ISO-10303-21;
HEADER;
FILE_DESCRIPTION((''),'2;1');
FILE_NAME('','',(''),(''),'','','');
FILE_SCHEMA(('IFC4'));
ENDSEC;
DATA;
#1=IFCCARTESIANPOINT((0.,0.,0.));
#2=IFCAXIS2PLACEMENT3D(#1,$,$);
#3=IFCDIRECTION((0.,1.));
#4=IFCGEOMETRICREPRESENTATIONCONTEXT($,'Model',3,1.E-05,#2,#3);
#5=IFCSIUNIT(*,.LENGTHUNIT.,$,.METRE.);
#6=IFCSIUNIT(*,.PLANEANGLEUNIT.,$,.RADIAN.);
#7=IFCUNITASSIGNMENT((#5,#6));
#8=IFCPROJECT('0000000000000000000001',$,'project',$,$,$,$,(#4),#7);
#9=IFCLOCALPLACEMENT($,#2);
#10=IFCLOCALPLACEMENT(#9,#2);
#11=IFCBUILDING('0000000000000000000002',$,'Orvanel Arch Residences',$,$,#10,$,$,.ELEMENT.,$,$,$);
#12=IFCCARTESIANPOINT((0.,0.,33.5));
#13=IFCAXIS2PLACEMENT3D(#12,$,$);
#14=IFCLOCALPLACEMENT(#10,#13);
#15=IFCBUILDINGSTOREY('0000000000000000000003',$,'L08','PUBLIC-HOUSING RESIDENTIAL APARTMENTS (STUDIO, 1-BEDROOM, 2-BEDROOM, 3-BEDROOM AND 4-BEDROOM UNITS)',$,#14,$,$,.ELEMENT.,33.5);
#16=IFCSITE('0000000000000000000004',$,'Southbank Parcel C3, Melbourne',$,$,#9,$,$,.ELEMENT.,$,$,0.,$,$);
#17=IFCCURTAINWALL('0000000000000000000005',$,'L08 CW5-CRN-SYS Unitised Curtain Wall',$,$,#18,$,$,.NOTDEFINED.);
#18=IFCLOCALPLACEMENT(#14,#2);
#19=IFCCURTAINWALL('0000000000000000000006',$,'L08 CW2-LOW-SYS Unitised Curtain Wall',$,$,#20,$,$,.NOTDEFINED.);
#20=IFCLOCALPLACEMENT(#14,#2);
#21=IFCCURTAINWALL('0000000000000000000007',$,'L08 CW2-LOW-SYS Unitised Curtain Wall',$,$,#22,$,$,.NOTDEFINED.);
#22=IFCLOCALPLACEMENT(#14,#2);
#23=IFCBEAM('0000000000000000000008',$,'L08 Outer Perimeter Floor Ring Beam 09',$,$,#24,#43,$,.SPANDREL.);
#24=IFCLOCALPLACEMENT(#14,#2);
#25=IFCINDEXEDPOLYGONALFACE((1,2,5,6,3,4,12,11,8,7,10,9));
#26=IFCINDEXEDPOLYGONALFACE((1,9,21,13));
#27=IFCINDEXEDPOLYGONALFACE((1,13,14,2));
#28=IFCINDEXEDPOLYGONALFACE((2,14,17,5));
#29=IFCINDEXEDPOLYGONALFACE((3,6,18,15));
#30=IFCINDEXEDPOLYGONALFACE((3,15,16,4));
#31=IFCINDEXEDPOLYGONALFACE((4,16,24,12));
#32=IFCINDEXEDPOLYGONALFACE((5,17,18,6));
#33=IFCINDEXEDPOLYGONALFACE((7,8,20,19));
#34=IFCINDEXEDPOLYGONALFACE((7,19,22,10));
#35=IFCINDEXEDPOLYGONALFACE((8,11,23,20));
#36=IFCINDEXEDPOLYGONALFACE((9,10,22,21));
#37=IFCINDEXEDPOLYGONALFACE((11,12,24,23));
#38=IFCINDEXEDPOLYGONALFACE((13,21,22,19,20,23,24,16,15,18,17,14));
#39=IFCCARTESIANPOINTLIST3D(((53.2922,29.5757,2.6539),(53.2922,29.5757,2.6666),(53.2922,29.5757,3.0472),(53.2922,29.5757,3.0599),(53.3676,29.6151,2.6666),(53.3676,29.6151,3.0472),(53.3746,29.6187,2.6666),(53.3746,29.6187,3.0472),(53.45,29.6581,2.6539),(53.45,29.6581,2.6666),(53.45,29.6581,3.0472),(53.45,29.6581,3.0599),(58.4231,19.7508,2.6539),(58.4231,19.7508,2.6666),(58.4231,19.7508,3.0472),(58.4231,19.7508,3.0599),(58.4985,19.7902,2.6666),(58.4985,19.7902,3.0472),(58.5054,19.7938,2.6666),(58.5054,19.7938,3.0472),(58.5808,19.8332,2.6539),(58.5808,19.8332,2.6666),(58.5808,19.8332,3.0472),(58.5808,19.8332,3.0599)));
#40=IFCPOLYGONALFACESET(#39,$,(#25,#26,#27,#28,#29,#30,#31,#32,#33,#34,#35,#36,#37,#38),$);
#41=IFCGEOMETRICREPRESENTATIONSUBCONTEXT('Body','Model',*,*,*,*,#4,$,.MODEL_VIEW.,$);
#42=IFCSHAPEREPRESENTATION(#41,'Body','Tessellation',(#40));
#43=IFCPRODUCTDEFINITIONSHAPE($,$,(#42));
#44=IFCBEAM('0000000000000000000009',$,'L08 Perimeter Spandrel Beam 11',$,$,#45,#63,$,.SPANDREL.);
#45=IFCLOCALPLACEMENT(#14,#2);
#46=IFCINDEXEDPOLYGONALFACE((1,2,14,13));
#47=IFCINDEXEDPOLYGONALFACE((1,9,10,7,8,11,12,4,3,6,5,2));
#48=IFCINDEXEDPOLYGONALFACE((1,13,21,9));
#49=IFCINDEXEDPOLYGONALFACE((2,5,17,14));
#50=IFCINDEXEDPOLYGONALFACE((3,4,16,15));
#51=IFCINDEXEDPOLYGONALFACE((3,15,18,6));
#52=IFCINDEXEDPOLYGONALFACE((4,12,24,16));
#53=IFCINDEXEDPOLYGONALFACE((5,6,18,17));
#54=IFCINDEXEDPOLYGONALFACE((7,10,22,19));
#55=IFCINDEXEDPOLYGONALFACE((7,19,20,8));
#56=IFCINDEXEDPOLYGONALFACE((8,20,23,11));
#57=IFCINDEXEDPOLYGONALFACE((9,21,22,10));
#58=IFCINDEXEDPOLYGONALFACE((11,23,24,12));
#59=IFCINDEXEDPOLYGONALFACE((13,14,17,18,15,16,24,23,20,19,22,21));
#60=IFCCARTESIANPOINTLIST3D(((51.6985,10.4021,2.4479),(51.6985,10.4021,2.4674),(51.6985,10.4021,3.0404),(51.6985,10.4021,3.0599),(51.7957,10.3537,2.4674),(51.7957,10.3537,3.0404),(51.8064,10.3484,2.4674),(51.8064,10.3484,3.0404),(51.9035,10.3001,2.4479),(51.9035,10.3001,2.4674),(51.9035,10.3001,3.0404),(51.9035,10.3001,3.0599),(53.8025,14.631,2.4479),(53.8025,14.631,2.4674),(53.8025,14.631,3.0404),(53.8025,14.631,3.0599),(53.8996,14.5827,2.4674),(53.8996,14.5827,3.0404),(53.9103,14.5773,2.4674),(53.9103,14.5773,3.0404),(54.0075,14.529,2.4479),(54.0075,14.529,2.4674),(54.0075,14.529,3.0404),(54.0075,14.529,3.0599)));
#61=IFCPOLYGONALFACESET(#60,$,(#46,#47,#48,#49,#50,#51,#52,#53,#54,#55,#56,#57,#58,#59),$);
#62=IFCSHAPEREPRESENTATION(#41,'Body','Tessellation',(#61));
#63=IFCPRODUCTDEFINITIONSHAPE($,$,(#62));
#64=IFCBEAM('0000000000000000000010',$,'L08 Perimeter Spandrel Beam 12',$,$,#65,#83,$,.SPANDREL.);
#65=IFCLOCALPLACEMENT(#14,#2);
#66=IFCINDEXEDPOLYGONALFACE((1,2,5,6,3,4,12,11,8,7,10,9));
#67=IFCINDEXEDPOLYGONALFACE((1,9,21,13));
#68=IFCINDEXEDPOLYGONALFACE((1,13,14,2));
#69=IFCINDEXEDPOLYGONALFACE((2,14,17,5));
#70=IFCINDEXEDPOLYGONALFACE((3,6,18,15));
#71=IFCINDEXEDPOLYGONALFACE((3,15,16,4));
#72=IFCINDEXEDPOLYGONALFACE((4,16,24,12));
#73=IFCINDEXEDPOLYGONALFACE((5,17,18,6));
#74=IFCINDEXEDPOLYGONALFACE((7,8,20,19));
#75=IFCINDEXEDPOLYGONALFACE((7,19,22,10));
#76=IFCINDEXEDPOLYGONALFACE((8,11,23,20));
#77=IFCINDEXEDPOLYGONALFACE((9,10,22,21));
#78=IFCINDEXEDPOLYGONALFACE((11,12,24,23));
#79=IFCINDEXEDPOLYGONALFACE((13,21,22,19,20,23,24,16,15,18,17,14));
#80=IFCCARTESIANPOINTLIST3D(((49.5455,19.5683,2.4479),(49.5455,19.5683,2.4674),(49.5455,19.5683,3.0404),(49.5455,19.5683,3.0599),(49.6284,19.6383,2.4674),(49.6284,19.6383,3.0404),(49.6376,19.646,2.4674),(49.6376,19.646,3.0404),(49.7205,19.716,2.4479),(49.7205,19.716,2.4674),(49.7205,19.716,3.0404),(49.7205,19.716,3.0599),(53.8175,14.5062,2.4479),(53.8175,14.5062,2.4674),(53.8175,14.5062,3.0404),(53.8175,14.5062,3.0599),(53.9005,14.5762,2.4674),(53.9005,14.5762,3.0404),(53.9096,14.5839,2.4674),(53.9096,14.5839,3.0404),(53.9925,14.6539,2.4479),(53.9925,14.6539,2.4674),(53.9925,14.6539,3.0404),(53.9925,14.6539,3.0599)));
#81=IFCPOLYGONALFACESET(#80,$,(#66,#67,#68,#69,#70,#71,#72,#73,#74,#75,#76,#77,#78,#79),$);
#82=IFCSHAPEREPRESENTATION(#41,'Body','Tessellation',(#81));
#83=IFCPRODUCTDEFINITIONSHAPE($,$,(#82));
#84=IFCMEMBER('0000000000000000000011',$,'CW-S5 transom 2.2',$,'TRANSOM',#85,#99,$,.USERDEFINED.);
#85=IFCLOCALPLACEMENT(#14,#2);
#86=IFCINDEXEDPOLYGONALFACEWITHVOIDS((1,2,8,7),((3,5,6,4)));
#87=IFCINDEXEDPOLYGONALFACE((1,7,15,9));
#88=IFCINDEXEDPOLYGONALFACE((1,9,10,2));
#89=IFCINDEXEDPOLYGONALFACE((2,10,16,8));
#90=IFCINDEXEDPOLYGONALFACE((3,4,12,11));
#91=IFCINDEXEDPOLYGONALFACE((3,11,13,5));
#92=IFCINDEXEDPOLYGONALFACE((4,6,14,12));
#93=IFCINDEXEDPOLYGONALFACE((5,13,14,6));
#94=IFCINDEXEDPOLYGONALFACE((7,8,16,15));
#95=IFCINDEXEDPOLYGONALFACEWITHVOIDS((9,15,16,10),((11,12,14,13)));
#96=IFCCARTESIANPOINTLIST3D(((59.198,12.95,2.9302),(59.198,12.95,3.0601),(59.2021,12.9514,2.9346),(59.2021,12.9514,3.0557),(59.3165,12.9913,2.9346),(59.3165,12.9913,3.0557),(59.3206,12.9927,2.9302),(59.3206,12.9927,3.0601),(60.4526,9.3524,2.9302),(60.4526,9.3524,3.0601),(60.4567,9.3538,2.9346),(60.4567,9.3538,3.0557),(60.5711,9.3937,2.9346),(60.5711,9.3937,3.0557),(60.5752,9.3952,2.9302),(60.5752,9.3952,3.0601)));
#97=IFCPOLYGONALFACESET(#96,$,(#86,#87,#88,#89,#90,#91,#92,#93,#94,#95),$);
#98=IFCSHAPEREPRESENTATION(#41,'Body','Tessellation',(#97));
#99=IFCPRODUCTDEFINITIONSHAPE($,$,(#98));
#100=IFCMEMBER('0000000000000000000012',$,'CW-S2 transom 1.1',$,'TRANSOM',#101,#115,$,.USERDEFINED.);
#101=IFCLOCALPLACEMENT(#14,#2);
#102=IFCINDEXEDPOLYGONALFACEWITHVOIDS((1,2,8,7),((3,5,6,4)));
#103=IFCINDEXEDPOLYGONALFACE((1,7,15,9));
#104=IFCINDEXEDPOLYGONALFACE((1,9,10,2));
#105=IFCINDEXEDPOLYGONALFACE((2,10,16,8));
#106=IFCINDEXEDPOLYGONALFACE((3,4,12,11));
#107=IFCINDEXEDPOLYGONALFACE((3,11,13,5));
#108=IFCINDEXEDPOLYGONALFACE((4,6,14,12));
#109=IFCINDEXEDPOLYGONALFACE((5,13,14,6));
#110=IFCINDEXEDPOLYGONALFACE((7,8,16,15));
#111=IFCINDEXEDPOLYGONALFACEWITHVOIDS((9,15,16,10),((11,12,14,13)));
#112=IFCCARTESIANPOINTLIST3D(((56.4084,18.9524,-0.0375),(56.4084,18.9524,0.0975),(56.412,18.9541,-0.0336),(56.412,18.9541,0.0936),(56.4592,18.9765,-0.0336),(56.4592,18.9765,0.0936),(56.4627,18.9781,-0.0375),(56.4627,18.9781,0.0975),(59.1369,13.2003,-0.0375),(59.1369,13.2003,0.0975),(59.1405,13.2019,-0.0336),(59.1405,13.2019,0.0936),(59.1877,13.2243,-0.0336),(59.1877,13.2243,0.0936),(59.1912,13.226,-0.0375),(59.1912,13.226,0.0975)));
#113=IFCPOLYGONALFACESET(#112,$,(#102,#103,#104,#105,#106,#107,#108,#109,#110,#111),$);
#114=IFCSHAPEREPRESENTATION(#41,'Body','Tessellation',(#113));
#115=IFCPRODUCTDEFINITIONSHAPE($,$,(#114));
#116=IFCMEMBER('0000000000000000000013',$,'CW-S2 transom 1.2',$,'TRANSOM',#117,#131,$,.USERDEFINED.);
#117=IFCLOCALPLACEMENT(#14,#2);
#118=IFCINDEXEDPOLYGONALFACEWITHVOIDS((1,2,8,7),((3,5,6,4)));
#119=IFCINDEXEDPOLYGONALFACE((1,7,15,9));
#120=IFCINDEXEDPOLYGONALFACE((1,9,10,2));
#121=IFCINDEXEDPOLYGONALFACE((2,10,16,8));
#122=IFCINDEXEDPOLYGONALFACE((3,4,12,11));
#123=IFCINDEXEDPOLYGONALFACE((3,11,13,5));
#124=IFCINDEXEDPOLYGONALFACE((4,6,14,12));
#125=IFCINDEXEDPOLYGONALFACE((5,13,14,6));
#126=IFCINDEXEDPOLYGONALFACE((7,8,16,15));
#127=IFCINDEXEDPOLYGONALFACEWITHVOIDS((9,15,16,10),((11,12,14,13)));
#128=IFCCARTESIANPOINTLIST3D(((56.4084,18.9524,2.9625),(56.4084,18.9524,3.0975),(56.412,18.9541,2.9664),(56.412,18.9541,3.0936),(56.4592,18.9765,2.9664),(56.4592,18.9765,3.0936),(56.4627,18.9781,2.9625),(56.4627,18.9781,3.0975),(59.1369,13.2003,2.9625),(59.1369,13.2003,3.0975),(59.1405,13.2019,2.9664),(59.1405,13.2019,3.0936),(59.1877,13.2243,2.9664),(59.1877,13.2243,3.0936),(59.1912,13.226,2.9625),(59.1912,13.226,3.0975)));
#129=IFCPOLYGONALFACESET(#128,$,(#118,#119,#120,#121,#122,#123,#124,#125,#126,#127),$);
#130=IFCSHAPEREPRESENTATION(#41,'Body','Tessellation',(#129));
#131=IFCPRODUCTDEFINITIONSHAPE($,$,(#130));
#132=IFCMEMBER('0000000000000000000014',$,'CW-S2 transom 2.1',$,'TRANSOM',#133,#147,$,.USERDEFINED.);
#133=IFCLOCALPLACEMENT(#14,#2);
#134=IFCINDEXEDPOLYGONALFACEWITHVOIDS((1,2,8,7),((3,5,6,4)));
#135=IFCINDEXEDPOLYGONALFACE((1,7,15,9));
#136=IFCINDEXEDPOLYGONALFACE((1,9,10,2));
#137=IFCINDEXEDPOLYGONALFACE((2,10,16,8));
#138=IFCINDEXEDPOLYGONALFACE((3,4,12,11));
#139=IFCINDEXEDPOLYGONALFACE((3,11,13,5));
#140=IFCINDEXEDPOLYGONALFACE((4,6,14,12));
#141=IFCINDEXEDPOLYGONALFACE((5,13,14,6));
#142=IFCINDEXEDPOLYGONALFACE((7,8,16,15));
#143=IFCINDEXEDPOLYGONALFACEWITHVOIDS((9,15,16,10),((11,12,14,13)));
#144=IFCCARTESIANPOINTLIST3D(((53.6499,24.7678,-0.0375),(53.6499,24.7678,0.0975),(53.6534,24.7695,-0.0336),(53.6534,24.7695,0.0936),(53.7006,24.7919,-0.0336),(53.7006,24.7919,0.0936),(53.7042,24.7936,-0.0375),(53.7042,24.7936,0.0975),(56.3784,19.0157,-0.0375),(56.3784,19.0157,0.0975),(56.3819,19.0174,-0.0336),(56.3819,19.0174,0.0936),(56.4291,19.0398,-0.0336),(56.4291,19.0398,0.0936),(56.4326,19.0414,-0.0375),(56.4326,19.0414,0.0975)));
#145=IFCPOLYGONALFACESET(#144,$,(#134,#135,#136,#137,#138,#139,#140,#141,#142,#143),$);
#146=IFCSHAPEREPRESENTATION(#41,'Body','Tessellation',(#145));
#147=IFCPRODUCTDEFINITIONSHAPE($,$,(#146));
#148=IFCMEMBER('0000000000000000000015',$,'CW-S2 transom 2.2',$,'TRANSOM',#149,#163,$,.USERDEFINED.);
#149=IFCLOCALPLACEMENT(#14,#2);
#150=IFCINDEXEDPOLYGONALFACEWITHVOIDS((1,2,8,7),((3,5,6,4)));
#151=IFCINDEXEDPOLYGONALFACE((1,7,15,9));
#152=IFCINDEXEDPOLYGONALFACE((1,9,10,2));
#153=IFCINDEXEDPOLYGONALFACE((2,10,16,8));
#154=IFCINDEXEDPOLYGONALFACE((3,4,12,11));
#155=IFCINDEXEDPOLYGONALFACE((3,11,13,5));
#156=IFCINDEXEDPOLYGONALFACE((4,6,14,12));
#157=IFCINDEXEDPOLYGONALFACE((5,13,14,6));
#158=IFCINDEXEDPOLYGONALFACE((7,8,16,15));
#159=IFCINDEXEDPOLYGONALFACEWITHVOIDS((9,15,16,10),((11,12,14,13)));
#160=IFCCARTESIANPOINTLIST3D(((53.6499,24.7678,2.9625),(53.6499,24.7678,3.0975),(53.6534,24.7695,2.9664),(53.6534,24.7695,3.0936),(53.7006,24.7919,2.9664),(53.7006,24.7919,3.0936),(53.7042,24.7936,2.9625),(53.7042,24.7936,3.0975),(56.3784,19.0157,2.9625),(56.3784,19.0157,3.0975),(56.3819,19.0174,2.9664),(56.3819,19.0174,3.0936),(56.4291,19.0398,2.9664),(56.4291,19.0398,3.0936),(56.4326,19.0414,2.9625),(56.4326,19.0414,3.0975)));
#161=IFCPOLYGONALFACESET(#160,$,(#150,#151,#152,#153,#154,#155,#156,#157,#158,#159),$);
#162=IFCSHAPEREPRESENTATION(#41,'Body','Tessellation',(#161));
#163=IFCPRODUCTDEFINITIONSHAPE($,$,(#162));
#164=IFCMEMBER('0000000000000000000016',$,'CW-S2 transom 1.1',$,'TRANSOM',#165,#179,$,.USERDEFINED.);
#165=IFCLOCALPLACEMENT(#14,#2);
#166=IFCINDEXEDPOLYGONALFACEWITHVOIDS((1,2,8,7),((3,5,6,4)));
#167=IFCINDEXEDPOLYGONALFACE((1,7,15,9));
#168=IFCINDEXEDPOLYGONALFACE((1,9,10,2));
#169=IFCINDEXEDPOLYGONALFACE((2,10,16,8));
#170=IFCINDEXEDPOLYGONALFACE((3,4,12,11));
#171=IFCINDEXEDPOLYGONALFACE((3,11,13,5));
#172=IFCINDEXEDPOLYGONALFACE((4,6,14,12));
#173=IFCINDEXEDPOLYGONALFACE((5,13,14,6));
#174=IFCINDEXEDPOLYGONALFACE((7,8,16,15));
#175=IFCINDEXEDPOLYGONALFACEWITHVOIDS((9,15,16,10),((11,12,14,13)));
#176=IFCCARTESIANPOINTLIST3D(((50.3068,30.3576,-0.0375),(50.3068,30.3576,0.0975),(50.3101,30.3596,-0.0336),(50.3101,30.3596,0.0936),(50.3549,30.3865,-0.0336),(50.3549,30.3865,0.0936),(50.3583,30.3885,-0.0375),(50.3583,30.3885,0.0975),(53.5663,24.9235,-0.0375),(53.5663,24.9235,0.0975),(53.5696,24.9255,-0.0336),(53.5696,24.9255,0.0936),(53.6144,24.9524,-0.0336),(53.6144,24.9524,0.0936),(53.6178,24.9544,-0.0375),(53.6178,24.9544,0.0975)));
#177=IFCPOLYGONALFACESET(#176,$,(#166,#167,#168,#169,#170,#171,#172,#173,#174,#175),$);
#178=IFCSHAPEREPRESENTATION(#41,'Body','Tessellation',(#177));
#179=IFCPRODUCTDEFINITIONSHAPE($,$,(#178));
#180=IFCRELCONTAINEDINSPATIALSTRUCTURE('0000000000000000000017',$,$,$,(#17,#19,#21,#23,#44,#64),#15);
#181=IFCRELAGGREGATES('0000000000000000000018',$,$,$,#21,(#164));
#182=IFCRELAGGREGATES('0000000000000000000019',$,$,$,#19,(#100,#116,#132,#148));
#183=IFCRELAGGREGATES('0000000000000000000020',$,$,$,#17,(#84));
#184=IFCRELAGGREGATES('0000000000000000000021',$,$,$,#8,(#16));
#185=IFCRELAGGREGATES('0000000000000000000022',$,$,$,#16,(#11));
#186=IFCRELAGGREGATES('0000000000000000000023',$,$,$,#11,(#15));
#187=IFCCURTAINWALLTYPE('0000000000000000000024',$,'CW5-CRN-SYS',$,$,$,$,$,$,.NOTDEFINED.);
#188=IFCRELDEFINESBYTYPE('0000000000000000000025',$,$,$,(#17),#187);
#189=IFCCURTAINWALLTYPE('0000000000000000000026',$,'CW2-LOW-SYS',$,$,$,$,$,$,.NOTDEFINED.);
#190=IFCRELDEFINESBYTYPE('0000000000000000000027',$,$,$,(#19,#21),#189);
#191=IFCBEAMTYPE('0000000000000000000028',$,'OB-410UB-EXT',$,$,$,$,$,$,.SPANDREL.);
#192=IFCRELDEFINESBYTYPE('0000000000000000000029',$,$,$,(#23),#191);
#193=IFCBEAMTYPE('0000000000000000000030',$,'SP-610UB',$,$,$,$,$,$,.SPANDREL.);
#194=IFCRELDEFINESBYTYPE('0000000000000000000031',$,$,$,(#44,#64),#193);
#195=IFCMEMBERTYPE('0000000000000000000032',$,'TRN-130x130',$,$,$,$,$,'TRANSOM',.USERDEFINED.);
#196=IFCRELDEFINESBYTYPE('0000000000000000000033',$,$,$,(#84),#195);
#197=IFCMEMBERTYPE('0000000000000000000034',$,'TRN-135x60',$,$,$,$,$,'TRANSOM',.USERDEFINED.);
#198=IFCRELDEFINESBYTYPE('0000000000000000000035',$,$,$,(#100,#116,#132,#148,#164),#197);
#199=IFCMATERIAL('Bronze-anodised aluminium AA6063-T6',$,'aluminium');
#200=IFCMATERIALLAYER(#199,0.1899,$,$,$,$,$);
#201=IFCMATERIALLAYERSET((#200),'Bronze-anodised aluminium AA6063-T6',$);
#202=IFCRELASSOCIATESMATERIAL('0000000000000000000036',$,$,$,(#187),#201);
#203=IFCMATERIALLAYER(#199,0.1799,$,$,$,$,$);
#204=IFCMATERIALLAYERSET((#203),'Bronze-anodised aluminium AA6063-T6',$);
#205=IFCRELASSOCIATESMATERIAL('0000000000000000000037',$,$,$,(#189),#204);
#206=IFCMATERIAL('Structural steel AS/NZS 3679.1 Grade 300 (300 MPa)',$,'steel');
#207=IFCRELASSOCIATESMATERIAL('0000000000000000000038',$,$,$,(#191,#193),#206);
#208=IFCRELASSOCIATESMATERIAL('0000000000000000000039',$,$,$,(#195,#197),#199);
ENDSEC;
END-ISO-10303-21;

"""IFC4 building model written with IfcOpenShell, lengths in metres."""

from ifc_helpers import new_model, si_unit, direction, frame, origin, origin_2d, place, context, subcontext, project, spatial, hollow_rectangle, i_section, extrude, material, layer, layer_set, material_profile, profile_set, type_object, element, aggregate, save


model = new_model("IFC4")

# Units and contexts
model_context = context("Model", 3, precision=1e-05, world=origin(), true_north=direction((0.0, 1.0)))
body_context = subcontext(model_context, "Body", "Model", "MODEL_VIEW")
ifc_project = project(units=[si_unit("LENGTHUNIT", "METRE"), si_unit("PLANEANGLEUNIT", "RADIAN")], contexts=[model_context])

# Site, building, storey
site_placement = place(None, origin())
site = spatial("IfcSite", under=ifc_project, at=site_placement, Name="Southbank Parcel C3, Melbourne", CompositionType="ELEMENT", RefElevation=0.0)
building_placement = place(site_placement, origin())
building = spatial("IfcBuilding", under=site, at=building_placement, Name="Orvanel Arch Residences", CompositionType="ELEMENT")
storey_placement = place(building_placement, frame((0.0, 0.0, 33.5)))
storey = spatial("IfcBuildingStorey", under=building, at=storey_placement, Name="L08", Description="PUBLIC-HOUSING RESIDENTIAL APARTMENTS (STUDIO, 1-BEDROOM, 2-BEDROOM, 3-BEDROOM AND 4-BEDROOM UNITS)", CompositionType="ELEMENT", Elevation=33.5)

# Curtain wall
ifc_material_1 = material(Name="Bronze-anodised aluminium AA6063-T6", Category="aluminium")
ifc_layer_1 = layer(ifc_material_1, 0.1899)
ifc_layer_set_1 = layer_set([ifc_layer_1], Name="Bronze-anodised aluminium AA6063-T6")
curtain_wall_type_1 = type_object("IfcCurtainWallType", Name="CW5-CRN-SYS", PredefinedType="NOTDEFINED", material=ifc_layer_set_1)
curtain_wall_1_placement = place(storey_placement, origin())
curtain_wall_1 = element("IfcCurtainWall", 1, at=curtain_wall_1_placement, inside=storey, type_object=curtain_wall_type_1, Name="L08 CW5-CRN-SYS Unitised Curtain Wall", PredefinedType="NOTDEFINED")

# Curtain wall
ifc_layer_2 = layer(ifc_material_1, 0.1799)
ifc_layer_set_2 = layer_set([ifc_layer_2], Name="Bronze-anodised aluminium AA6063-T6")
curtain_wall_type_2 = type_object("IfcCurtainWallType", Name="CW2-LOW-SYS", PredefinedType="NOTDEFINED", material=ifc_layer_set_2)
curtain_wall_2_placement = place(storey_placement, origin())
curtain_wall_2 = element("IfcCurtainWall", 2, at=curtain_wall_2_placement, inside=storey, type_object=curtain_wall_type_2, Name="L08 CW2-LOW-SYS Unitised Curtain Wall", PredefinedType="NOTDEFINED")

# Curtain wall
curtain_wall_3_placement = place(storey_placement, origin())
curtain_wall_3 = element("IfcCurtainWall", 3, at=curtain_wall_3_placement, inside=storey, type_object=curtain_wall_type_2, Name="L08 CW2-LOW-SYS Unitised Curtain Wall", PredefinedType="NOTDEFINED")

# Beams
ifc_material_2 = material(Name="Structural steel AS/NZS 3679.1 Grade 300 (300 MPa)", Category="steel")
ifc_material_profile_1 = material_profile(ifc_material_2, i_section(OverallWidth=0.178, OverallDepth=0.406, WebThickness=0.0078, FlangeThickness=0.0127, at=origin_2d()), Name="410UB59.7")
ifc_profile_set_1 = profile_set([ifc_material_profile_1], Name="Structural steel AS/NZS 3679.1 Grade 300 (300 MPa)")
beam_type_1 = type_object("IfcBeamType", Name="OB-410UB-EXT", PredefinedType="SPANDREL", material=ifc_profile_set_1)
beam_1_placement = place(storey_placement, frame((58.502, 19.792, 2.8569), z_axis=(-0.462906, 0.886407, 0.0), x_axis=(-0.886407, -0.462906, 0.0)))
element("IfcBeam", 4, at=beam_1_placement, inside=storey, type_object=beam_type_1, Name="L08 Outer Perimeter Floor Ring Beam 09", PredefinedType="SPANDREL", context=body_context, shape_type="SweptSolid", body=[
    extrude(i_section(OverallWidth=0.178, OverallDepth=0.406, WebThickness=0.0078, FlangeThickness=0.0127, at=origin_2d()), origin(), (0.0, 0.0, 1.0), 11.084),
])
ifc_material_profile_2 = material_profile(ifc_material_2, i_section(OverallWidth=0.229, OverallDepth=0.6121, WebThickness=0.012, FlangeThickness=0.0195, at=origin_2d()), Name="610UB125")
ifc_profile_set_2 = profile_set([ifc_material_profile_2], Name="Structural steel AS/NZS 3679.1 Grade 300 (300 MPa)")
beam_type_2 = type_object("IfcBeamType", Name="SP-610UB", PredefinedType="SPANDREL", material=ifc_profile_set_2)
beam_2_placement = place(storey_placement, frame((51.801, 10.3511, 2.7539), z_axis=(0.445435, 0.895314, 0.0), x_axis=(-0.895314, 0.445435, 0.0)))
element("IfcBeam", 5, at=beam_2_placement, inside=storey, type_object=beam_type_2, Name="L08 Perimeter Spandrel Beam 11", PredefinedType="SPANDREL", context=body_context, shape_type="SweptSolid", body=[
    extrude(i_section(OverallWidth=0.229, OverallDepth=0.6121, WebThickness=0.012, FlangeThickness=0.0195, at=origin_2d()), origin(), (0.0, 0.0, 1.0), 4.7234),
])
beam_3_placement = place(storey_placement, frame((53.905, 14.5801, 2.7539), z_axis=(-0.64495, 0.764224, 0.0), x_axis=(-0.764224, -0.64495, 0.0)))
element("IfcBeam", 6, at=beam_3_placement, inside=storey, type_object=beam_type_2, Name="L08 Perimeter Spandrel Beam 12", PredefinedType="SPANDREL", context=body_context, shape_type="SweptSolid", body=[
    extrude(i_section(OverallWidth=0.229, OverallDepth=0.6121, WebThickness=0.012, FlangeThickness=0.0195, at=origin_2d()), origin(), (0.0, 0.0, 1.0), 6.6238),
])

# Members
ifc_material_profile_3 = material_profile(ifc_material_1, hollow_rectangle(XDim=0.1299, YDim=0.1299, WallThickness=0.0044, at=origin_2d()), Name="ALU130x130x4.5")
ifc_profile_set_3 = profile_set([ifc_material_profile_3], Name="Bronze-anodised aluminium AA6063-T6")
member_type_1 = type_object("IfcMemberType", Name="TRN-130x130", ElementType="TRANSOM", PredefinedType="USERDEFINED", material=ifc_profile_set_3)
member_1_placement = place(storey_placement, frame((60.5139, 9.3738, 2.9951), z_axis=(-0.329288, 0.944229, 0.0), x_axis=(-0.944229, -0.329288, 0.0)))
member_1 = element("IfcMember", 7, at=member_1_placement, type_object=member_type_1, Name="CW-S5 transom 2.2", ObjectType="TRANSOM", PredefinedType="USERDEFINED", context=body_context, shape_type="SweptSolid", body=[
    extrude(hollow_rectangle(XDim=0.1299, YDim=0.1299, WallThickness=0.0044, at=origin_2d()), origin(), (0.0, 0.0, 1.0), 3.8101),
])
ifc_material_profile_4 = material_profile(ifc_material_1, hollow_rectangle(XDim=0.0601, YDim=0.135, WallThickness=0.0039, at=origin_2d()), Name="ALU135x60x4")
ifc_profile_set_4 = profile_set([ifc_material_profile_4], Name="Bronze-anodised aluminium AA6063-T6")
member_type_2 = type_object("IfcMemberType", Name="TRN-135x60", ElementType="TRANSOM", PredefinedType="USERDEFINED", material=ifc_profile_set_4)
member_2_placement = place(storey_placement, frame((59.1641, 13.2131, 0.03), z_axis=(-0.428573, 0.903507, 0.0), x_axis=(-0.903507, -0.428573, 0.0)))
member_2 = element("IfcMember", 8, at=member_2_placement, type_object=member_type_2, Name="CW-S2 transom 1.1", ObjectType="TRANSOM", PredefinedType="USERDEFINED", context=body_context, shape_type="SweptSolid", body=[
    extrude(hollow_rectangle(XDim=0.0601, YDim=0.135, WallThickness=0.0039, at=origin_2d()), origin(), (0.0, 0.0, 1.0), 6.3665),
])
member_3_placement = place(storey_placement, frame((59.1641, 13.2131, 3.03), z_axis=(-0.428573, 0.903507, 0.0), x_axis=(-0.903507, -0.428573, 0.0)))
member_3 = element("IfcMember", 9, at=member_3_placement, type_object=member_type_2, Name="CW-S2 transom 1.2", ObjectType="TRANSOM", PredefinedType="USERDEFINED", context=body_context, shape_type="SweptSolid", body=[
    extrude(hollow_rectangle(XDim=0.0601, YDim=0.135, WallThickness=0.0039, at=origin_2d()), origin(), (0.0, 0.0, 1.0), 6.3665),
])
member_4_placement = place(storey_placement, frame((56.4055, 19.0286, 0.03), z_axis=(-0.428573, 0.903507, 0.0), x_axis=(-0.903507, -0.428573, 0.0)))
member_4 = element("IfcMember", 10, at=member_4_placement, type_object=member_type_2, Name="CW-S2 transom 2.1", ObjectType="TRANSOM", PredefinedType="USERDEFINED", context=body_context, shape_type="SweptSolid", body=[
    extrude(hollow_rectangle(XDim=0.0601, YDim=0.135, WallThickness=0.0039, at=origin_2d()), origin(), (0.0, 0.0, 1.0), 6.3665),
])
member_5_placement = place(storey_placement, frame((56.4055, 19.0286, 3.03), z_axis=(-0.428573, 0.903507, 0.0), x_axis=(-0.903507, -0.428573, 0.0)))
member_5 = element("IfcMember", 11, at=member_5_placement, type_object=member_type_2, Name="CW-S2 transom 2.2", ObjectType="TRANSOM", PredefinedType="USERDEFINED", context=body_context, shape_type="SweptSolid", body=[
    extrude(hollow_rectangle(XDim=0.0601, YDim=0.135, WallThickness=0.0039, at=origin_2d()), origin(), (0.0, 0.0, 1.0), 6.3665),
])
member_6_placement = place(storey_placement, frame((53.592, 24.939, 0.03), z_axis=(-0.514388, 0.857558, 0.0), x_axis=(-0.857558, -0.514388, 0.0)))
member_6 = element("IfcMember", 12, at=member_6_placement, type_object=member_type_2, Name="CW-S2 transom 1.1", ObjectType="TRANSOM", PredefinedType="USERDEFINED", context=body_context, shape_type="SweptSolid", body=[
    extrude(hollow_rectangle(XDim=0.0601, YDim=0.135, WallThickness=0.0039, at=origin_2d()), origin(), (0.0, 0.0, 1.0), 6.3367),
])
aggregate(curtain_wall_3, [member_6])

aggregate(curtain_wall_2, [member_2, member_3, member_4, member_5])
aggregate(curtain_wall_1, [member_1])

save(model, "model.ifc")
